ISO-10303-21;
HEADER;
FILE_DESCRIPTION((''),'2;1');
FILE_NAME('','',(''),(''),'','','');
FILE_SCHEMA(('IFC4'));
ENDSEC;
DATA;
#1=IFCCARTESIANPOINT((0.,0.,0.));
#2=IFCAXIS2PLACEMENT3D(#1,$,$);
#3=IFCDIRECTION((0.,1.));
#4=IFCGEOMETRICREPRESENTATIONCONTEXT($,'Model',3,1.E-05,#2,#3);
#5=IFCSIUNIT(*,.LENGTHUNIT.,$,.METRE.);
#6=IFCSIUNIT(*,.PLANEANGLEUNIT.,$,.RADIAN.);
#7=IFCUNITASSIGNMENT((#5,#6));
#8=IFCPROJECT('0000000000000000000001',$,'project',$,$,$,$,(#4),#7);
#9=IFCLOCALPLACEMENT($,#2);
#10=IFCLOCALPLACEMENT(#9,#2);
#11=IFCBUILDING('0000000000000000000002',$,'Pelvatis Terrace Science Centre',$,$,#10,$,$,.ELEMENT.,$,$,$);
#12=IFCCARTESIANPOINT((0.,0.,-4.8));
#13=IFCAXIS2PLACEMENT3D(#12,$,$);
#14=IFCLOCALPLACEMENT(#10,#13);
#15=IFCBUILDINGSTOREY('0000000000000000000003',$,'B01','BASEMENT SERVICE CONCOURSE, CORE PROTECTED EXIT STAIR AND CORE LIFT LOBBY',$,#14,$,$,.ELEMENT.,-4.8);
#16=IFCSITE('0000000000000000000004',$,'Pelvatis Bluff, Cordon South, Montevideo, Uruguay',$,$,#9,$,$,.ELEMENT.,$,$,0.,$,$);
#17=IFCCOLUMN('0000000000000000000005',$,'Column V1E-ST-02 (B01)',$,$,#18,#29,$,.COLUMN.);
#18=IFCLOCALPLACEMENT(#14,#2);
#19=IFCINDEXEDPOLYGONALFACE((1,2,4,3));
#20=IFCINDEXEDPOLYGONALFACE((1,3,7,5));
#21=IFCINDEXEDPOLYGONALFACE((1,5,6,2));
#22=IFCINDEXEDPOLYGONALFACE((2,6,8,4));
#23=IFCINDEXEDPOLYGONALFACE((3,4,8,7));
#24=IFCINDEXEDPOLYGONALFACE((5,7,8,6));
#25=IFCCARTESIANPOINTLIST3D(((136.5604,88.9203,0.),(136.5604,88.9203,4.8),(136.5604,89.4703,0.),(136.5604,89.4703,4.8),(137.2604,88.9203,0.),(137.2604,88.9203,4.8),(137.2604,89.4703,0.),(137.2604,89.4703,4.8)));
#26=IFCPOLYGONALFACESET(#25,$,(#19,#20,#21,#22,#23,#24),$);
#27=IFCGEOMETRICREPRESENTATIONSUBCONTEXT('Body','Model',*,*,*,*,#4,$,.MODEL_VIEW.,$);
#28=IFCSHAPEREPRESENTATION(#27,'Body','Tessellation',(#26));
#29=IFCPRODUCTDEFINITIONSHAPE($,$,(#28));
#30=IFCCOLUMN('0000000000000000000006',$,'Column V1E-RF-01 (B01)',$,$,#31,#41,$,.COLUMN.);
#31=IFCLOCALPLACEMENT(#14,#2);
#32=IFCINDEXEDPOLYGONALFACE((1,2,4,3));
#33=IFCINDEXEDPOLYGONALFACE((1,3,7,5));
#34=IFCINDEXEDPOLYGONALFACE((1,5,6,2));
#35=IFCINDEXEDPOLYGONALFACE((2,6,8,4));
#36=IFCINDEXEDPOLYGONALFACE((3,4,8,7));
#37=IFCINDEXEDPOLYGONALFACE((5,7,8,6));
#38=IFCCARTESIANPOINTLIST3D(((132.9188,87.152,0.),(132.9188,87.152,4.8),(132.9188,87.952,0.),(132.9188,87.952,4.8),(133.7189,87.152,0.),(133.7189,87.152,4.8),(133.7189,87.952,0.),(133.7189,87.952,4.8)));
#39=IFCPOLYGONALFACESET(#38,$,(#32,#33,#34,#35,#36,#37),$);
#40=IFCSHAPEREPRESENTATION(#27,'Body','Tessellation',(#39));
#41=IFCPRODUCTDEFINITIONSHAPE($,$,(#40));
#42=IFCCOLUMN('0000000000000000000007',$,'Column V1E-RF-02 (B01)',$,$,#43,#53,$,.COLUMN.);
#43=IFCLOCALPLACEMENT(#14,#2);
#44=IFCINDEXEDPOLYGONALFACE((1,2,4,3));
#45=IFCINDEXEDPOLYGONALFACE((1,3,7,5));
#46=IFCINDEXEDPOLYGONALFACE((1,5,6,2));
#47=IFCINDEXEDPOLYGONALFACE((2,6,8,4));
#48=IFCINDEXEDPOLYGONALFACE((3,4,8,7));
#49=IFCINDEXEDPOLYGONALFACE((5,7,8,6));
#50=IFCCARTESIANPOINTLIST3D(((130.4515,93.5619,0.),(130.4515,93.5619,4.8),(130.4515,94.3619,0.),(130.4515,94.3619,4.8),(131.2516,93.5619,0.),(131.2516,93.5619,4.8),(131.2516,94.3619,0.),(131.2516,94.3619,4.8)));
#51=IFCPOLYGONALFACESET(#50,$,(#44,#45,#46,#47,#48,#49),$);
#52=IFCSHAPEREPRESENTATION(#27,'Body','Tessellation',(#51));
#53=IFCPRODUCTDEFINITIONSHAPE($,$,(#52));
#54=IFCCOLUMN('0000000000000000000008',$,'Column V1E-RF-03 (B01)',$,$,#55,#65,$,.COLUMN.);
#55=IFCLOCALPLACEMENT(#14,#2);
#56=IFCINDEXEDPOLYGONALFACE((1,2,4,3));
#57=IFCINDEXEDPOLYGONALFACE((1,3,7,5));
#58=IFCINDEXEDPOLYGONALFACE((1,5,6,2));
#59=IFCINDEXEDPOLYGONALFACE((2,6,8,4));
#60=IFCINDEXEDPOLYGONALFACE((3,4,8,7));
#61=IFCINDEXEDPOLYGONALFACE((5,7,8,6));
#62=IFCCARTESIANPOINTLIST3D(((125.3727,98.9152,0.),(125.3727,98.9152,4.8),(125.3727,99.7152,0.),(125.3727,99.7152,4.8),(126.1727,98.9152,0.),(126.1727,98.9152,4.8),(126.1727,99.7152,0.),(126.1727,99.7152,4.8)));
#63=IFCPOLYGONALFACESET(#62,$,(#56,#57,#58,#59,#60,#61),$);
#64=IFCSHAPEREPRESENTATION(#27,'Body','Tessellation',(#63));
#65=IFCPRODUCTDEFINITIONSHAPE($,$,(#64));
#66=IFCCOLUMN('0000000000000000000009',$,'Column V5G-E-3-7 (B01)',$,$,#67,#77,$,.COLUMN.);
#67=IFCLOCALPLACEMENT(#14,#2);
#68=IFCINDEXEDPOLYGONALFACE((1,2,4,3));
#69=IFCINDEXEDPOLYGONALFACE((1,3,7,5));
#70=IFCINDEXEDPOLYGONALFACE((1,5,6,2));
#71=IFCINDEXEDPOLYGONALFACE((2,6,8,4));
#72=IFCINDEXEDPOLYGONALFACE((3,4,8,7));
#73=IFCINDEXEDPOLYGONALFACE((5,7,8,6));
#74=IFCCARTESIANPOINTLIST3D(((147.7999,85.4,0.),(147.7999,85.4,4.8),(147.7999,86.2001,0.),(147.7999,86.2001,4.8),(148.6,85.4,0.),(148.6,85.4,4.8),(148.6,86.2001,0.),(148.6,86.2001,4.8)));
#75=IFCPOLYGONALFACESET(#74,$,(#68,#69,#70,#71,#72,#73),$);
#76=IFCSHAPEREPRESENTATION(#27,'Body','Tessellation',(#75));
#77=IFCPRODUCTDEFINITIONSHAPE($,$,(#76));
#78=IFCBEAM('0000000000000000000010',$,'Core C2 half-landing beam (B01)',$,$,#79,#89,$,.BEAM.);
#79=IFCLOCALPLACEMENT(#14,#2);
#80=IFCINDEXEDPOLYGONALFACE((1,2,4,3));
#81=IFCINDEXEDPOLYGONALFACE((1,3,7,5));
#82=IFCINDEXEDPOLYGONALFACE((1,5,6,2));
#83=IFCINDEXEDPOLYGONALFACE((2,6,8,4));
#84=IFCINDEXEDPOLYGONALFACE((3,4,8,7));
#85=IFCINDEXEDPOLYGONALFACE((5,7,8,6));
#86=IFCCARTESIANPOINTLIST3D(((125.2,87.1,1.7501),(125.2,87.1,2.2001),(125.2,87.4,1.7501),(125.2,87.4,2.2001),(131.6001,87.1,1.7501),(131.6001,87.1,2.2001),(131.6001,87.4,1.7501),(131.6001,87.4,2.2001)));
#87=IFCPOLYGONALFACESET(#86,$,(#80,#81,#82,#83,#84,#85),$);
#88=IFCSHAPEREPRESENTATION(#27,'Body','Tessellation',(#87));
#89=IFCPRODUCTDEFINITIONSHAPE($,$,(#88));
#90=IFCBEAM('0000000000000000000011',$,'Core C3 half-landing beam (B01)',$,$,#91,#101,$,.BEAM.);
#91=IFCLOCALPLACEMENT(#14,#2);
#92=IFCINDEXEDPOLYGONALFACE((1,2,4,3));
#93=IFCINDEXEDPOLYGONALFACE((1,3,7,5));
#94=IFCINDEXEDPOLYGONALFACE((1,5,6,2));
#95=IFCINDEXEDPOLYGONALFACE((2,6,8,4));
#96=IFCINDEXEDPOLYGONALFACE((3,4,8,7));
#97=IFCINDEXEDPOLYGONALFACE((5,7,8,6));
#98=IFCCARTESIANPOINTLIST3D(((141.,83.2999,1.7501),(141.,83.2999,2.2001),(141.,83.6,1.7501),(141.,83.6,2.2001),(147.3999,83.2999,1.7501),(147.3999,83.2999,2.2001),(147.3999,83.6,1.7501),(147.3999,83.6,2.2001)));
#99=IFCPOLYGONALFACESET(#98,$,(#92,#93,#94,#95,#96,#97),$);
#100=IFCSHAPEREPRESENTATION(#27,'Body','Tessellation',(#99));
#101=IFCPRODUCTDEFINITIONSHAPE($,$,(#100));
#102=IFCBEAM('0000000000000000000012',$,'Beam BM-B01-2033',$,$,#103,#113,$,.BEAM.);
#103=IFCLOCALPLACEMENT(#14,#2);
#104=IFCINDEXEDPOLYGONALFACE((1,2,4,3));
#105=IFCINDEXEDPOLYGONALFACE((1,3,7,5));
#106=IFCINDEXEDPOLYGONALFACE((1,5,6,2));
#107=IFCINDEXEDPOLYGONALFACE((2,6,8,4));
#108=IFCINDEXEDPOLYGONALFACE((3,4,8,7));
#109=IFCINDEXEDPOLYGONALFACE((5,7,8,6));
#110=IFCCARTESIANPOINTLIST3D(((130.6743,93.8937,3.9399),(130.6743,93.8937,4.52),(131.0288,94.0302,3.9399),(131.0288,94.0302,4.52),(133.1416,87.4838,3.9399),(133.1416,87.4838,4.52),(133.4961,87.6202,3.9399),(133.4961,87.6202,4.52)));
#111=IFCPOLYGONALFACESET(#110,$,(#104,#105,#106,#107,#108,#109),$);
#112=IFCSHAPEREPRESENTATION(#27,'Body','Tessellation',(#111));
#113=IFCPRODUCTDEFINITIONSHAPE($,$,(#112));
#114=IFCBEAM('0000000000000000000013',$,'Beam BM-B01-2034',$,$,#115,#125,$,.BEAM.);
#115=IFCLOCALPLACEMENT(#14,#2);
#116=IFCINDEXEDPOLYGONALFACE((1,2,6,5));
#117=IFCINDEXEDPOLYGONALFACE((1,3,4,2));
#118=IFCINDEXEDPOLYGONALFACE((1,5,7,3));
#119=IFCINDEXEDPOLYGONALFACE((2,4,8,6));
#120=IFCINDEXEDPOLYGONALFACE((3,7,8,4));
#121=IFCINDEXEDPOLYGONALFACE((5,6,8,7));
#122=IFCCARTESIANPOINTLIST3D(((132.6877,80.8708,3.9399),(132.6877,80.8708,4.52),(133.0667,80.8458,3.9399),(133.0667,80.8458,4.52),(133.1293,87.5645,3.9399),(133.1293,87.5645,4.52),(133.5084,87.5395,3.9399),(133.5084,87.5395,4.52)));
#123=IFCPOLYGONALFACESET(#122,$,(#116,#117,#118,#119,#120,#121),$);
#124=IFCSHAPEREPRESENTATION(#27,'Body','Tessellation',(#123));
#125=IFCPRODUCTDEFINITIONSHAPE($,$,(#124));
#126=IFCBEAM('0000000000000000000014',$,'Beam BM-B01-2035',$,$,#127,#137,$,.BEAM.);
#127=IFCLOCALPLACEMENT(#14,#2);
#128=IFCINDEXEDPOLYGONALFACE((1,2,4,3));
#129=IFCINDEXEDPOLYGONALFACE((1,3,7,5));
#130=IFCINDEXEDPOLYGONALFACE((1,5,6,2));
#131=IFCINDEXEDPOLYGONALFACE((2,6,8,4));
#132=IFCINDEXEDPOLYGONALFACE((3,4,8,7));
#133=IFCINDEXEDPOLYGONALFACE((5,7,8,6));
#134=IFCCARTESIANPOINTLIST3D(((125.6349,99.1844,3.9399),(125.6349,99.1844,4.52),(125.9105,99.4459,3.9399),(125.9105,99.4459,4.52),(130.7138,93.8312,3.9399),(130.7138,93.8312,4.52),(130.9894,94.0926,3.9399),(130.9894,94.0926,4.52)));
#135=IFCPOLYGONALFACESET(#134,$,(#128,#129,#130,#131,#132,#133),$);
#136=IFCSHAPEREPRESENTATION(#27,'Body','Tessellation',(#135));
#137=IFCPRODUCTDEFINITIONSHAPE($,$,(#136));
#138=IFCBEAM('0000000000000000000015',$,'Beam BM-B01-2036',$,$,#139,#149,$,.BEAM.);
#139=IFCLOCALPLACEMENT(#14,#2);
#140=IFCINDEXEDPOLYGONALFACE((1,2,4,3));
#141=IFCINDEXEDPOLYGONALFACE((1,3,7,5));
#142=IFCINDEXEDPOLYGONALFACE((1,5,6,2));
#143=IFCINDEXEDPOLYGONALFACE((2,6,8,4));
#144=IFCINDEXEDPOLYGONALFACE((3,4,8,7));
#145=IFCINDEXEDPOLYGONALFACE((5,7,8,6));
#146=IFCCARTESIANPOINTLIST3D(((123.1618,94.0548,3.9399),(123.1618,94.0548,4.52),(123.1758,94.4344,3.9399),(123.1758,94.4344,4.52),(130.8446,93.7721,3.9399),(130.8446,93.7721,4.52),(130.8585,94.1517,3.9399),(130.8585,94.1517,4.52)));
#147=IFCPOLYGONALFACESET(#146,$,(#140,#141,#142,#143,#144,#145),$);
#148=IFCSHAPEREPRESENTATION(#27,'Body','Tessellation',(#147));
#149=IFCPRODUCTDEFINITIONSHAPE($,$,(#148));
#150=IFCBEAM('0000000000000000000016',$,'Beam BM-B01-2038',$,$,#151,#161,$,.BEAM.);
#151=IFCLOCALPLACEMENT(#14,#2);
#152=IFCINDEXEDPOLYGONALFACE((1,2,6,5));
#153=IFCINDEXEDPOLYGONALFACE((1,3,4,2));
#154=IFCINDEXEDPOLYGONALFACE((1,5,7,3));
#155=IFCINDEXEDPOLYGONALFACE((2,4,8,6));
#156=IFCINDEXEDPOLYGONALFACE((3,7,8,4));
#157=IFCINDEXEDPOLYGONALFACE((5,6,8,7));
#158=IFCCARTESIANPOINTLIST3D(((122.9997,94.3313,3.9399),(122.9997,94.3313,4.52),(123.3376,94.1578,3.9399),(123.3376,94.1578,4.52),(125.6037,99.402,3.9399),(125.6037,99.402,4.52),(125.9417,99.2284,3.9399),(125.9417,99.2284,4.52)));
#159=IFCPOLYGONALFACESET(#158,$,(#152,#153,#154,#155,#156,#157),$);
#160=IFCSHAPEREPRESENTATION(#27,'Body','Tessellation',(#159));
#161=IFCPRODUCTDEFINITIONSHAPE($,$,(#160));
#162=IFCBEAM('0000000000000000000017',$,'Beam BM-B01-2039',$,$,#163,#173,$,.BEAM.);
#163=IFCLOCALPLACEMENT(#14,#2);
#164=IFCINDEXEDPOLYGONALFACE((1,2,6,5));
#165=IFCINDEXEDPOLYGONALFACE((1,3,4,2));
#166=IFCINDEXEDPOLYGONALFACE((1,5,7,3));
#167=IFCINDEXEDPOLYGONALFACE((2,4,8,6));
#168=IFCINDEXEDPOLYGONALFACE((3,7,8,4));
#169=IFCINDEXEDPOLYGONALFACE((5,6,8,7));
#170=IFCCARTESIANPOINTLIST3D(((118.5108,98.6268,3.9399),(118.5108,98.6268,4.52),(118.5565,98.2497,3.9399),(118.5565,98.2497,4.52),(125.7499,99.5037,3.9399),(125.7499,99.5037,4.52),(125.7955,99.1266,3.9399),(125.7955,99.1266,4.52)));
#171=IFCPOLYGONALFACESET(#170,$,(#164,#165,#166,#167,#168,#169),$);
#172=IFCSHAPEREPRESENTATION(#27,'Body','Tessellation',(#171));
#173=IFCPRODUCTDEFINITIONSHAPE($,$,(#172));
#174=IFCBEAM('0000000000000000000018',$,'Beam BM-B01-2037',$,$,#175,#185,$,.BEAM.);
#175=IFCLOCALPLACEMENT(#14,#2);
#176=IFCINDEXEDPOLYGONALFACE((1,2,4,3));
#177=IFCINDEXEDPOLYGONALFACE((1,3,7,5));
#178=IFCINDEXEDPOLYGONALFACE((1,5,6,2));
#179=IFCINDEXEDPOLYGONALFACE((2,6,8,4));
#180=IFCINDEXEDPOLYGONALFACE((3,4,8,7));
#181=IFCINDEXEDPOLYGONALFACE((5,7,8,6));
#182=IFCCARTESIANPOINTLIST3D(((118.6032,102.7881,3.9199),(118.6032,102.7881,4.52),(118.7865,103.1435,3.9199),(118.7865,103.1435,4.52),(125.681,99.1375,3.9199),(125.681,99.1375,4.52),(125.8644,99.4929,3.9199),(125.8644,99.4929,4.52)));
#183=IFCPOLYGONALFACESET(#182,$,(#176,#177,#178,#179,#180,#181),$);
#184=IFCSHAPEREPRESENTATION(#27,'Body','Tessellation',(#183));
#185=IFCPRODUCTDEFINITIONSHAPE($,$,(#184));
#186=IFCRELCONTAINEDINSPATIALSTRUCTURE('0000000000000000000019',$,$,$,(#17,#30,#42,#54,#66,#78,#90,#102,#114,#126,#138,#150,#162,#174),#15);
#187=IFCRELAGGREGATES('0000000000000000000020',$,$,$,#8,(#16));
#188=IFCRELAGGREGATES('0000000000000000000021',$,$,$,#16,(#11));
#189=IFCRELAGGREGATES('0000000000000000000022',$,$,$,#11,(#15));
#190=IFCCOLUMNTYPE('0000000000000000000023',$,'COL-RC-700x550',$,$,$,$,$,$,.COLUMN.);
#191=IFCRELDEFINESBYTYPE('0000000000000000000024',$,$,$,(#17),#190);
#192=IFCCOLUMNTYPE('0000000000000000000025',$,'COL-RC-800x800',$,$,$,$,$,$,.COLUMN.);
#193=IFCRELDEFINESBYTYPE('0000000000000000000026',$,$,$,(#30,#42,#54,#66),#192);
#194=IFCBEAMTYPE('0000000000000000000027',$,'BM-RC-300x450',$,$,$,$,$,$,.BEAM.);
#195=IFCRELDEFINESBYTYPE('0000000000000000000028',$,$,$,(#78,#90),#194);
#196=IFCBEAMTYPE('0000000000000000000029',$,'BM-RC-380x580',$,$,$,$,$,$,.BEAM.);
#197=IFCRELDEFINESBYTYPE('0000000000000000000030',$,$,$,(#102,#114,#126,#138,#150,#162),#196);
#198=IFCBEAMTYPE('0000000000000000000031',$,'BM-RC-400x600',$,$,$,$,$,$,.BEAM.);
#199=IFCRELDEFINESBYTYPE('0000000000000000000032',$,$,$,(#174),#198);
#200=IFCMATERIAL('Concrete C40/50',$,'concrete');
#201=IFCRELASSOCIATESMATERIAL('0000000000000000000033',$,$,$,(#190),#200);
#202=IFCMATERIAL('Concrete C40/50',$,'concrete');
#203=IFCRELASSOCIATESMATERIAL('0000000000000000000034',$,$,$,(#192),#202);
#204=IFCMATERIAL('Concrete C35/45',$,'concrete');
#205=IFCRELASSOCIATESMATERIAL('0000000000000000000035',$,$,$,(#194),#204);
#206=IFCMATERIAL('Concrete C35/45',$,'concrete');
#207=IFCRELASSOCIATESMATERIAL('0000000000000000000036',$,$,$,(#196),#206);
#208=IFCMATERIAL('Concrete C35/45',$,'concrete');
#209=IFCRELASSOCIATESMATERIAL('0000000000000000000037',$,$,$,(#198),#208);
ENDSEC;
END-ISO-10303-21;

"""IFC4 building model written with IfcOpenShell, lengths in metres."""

from ifc_helpers import new_model, si_unit, direction, frame, origin, origin_2d, place, context, subcontext, project, spatial, rectangle, extrude, material, material_profile, profile_set, type_object, element, save


model = new_model("IFC4")

# Units and contexts
model_context = context("Model", 3, precision=1e-05, world=origin(), true_north=direction((0.0, 1.0)))
body_context = subcontext(model_context, "Body", "Model", "MODEL_VIEW")
ifc_project = project(units=[si_unit("LENGTHUNIT", "METRE"), si_unit("PLANEANGLEUNIT", "RADIAN")], contexts=[model_context])

# Site, building, storey
site_placement = place(None, origin())
site = spatial("IfcSite", under=ifc_project, at=site_placement, Name="Pelvatis Bluff, Cordon South, Montevideo, Uruguay", CompositionType="ELEMENT", RefElevation=0.0)
building_placement = place(site_placement, origin())
building = spatial("IfcBuilding", under=site, at=building_placement, Name="Pelvatis Terrace Science Centre", CompositionType="ELEMENT")
storey_placement = place(building_placement, frame((0.0, 0.0, -4.8)))
storey = spatial("IfcBuildingStorey", under=building, at=storey_placement, Name="B01", Description="BASEMENT SERVICE CONCOURSE, CORE PROTECTED EXIT STAIR AND CORE LIFT LOBBY", CompositionType="ELEMENT", Elevation=-4.8)

# Columns
ifc_material_1 = material(Name="Concrete C40/50", Category="concrete")
ifc_material_profile_1 = material_profile(ifc_material_1, rectangle(XDim=0.7, YDim=0.55, at=origin_2d()), Name="RC-COL 700x550")
ifc_profile_set_1 = profile_set([ifc_material_profile_1], Name="Concrete C40/50")
column_type_1 = type_object("IfcColumnType", Name="COL-RC-700x550", PredefinedType="COLUMN", material=ifc_profile_set_1)
column_placement = place(storey_placement, frame((136.9104, 89.1953, 0.0), z_axis=(0.0, 0.0, 1.0), x_axis=(1.0, 0.0, 0.0)))
element("IfcColumn", 1, at=column_placement, inside=storey, type_object=column_type_1, Name="Column V1E-ST-02 (B01)", PredefinedType="COLUMN", context=body_context, shape_type="SweptSolid", body=[
    extrude(rectangle(XDim=0.7, YDim=0.55, at=origin_2d()), origin(), (0.0, 0.0, 1.0), 4.8),
])
ifc_material_2 = material(Name="Concrete C40/50", Category="concrete")
ifc_material_profile_2 = material_profile(ifc_material_2, rectangle(XDim=0.8, YDim=0.8, at=origin_2d()), Name="RC-COL 800x800")
ifc_profile_set_2 = profile_set([ifc_material_profile_2], Name="Concrete C40/50")
column_type_2 = type_object("IfcColumnType", Name="COL-RC-800x800", PredefinedType="COLUMN", material=ifc_profile_set_2)
for number, where, z_axis, x_axis, name in (
    (2, (133.3188, 87.552, 0.0), (0.0, 0.0, 1.0), (1.0, 0.0, 0.0), "Column V1E-RF-01 (B01)"),
    (3, (130.8516, 93.9619, 0.0), (0.0, 0.0, 1.0), (1.0, 0.0, 0.0), "Column V1E-RF-02 (B01)"),
    (4, (125.7727, 99.3152, 0.0), (0.0, 0.0, 1.0), (1.0, 0.0, 0.0), "Column V1E-RF-03 (B01)"),
    (5, (148.2, 85.8, 0.0), (0.0, 0.0, 1.0), (1.0, 0.0, 0.0), "Column V5G-E-3-7 (B01)"),
):
    element("IfcColumn", number, at=place(storey_placement, frame(where, z_axis=z_axis, x_axis=x_axis)), inside=storey, type_object=column_type_2, Name=name, PredefinedType="COLUMN", context=body_context, shape_type="SweptSolid", body=[
        extrude(rectangle(XDim=0.8, YDim=0.8, at=origin_2d()), origin(), (0.0, 0.0, 1.0), 4.8),
    ])

# Beams
ifc_material_3 = material(Name="Concrete C35/45", Category="concrete")
ifc_material_profile_3 = material_profile(ifc_material_3, rectangle(XDim=0.3, YDim=0.45, at=origin_2d()), Name="RC-BM 300x450")
ifc_profile_set_3 = profile_set([ifc_material_profile_3], Name="Concrete C35/45")
beam_type_1 = type_object("IfcBeamType", Name="BM-RC-300x450", PredefinedType="BEAM", material=ifc_profile_set_3)
beam_1_placement = place(storey_placement, frame((125.2, 87.25, 1.9751), z_axis=(1.0, 0.0, 0.0), x_axis=(0.0, 1.0, 0.0)))
element("IfcBeam", 6, at=beam_1_placement, inside=storey, type_object=beam_type_1, Name="Core C2 half-landing beam (B01)", PredefinedType="BEAM", context=body_context, shape_type="SweptSolid", body=[
    extrude(rectangle(XDim=0.3, YDim=0.45, at=origin_2d()), origin(), (0.0, 0.0, 1.0), 6.4001),
])
beam_2_placement = place(storey_placement, frame((141.0, 83.45, 1.9751), z_axis=(1.0, 0.0, 0.0), x_axis=(0.0, 1.0, 0.0)))
element("IfcBeam", 7, at=beam_2_placement, inside=storey, type_object=beam_type_1, Name="Core C3 half-landing beam (B01)", PredefinedType="BEAM", context=body_context, shape_type="SweptSolid", body=[
    extrude(rectangle(XDim=0.3, YDim=0.45, at=origin_2d()), origin(), (0.0, 0.0, 1.0), 6.3999),
])
ifc_material_4 = material(Name="Concrete C35/45", Category="concrete")
ifc_material_profile_4 = material_profile(ifc_material_4, rectangle(XDim=0.3799, YDim=0.5801, at=origin_2d()), Name="RC-BM 380x580")
ifc_profile_set_4 = profile_set([ifc_material_profile_4], Name="Concrete C35/45")
beam_type_2 = type_object("IfcBeamType", Name="BM-RC-380x580", PredefinedType="BEAM", material=ifc_profile_set_4)
beam_3_placement = place(storey_placement, frame((133.3188, 87.552, 4.23), z_axis=(-0.359224, 0.933251, 0.0), x_axis=(-0.933251, -0.359224, 0.0)))
element("IfcBeam", 8, at=beam_3_placement, inside=storey, type_object=beam_type_2, Name="Beam BM-B01-2033", PredefinedType="BEAM", context=body_context, shape_type="SweptSolid", body=[
    extrude(rectangle(XDim=0.3799, YDim=0.5801, at=origin_2d()), origin(), (0.0, 0.0, 1.0), 6.8684),
])
beam_4_placement = place(storey_placement, frame((133.3188, 87.552, 4.23), z_axis=(-0.065838, -0.99783, 0.0), x_axis=(0.99783, -0.065838, 0.0)))
element("IfcBeam", 9, at=beam_4_placement, inside=storey, type_object=beam_type_2, Name="Beam BM-B01-2034", PredefinedType="BEAM", context=body_context, shape_type="SweptSolid", body=[
    extrude(rectangle(XDim=0.3799, YDim=0.5801, at=origin_2d()), origin(), (0.0, 0.0, 1.0), 6.7083),
])
beam_5_placement = place(storey_placement, frame((130.8516, 93.9619, 4.23), z_axis=(-0.688268, 0.725456, 0.0), x_axis=(-0.725456, -0.688268, 0.0)))
element("IfcBeam", 10, at=beam_5_placement, inside=storey, type_object=beam_type_2, Name="Beam BM-B01-2035", PredefinedType="BEAM", context=body_context, shape_type="SweptSolid", body=[
    extrude(rectangle(XDim=0.3799, YDim=0.5801, at=origin_2d()), origin(), (0.0, 0.0, 1.0), 7.3792),
])
beam_6_placement = place(storey_placement, frame((130.8516, 93.9619, 4.23), z_axis=(-0.999324, 0.036773, 0.0), x_axis=(-0.036773, -0.999324, 0.0)))
element("IfcBeam", 11, at=beam_6_placement, inside=storey, type_object=beam_type_2, Name="Beam BM-B01-2036", PredefinedType="BEAM", context=body_context, shape_type="SweptSolid", body=[
    extrude(rectangle(XDim=0.3799, YDim=0.5801, at=origin_2d()), origin(), (0.0, 0.0, 1.0), 7.688),
])
beam_7_placement = place(storey_placement, frame((125.7727, 99.3152, 4.23), z_axis=(-0.456833, -0.889552, 0.0), x_axis=(0.889552, -0.456833, 0.0)))
element("IfcBeam", 12, at=beam_7_placement, inside=storey, type_object=beam_type_2, Name="Beam BM-B01-2038", PredefinedType="BEAM", context=body_context, shape_type="SweptSolid", body=[
    extrude(rectangle(XDim=0.3799, YDim=0.5801, at=origin_2d()), origin(), (0.0, 0.0, 1.0), 5.7002),
])
beam_8_placement = place(storey_placement, frame((125.7727, 99.3152, 4.23), z_axis=(-0.992742, -0.120263, 0.0), x_axis=(0.120263, -0.992742, 0.0)))
element("IfcBeam", 13, at=beam_8_placement, inside=storey, type_object=beam_type_2, Name="Beam BM-B01-2039", PredefinedType="BEAM", context=body_context, shape_type="SweptSolid", body=[
    extrude(rectangle(XDim=0.3799, YDim=0.5801, at=origin_2d()), origin(), (0.0, 0.0, 1.0), 7.292),
])
ifc_material_5 = material(Name="Concrete C35/45", Category="concrete")
ifc_material_profile_5 = material_profile(ifc_material_5, rectangle(XDim=0.3999, YDim=0.6001, at=origin_2d()), Name="RC-BM 400x600")
ifc_profile_set_5 = profile_set([ifc_material_profile_5], Name="Concrete C35/45")
beam_type_3 = type_object("IfcBeamType", Name="BM-RC-400x600", PredefinedType="BEAM", material=ifc_profile_set_5)
beam_9_placement = place(storey_placement, frame((125.7727, 99.3152, 4.22), z_axis=(-0.888747, 0.458398, 0.0), x_axis=(-0.458398, -0.888747, 0.0)))
element("IfcBeam", 14, at=beam_9_placement, inside=storey, type_object=beam_type_3, Name="Beam BM-B01-2037", PredefinedType="BEAM", context=body_context, shape_type="SweptSolid", body=[
    extrude(rectangle(XDim=0.3999, YDim=0.6001, at=origin_2d()), origin(), (0.0, 0.0, 1.0), 7.9639),
])

save(model, "model.ifc")
